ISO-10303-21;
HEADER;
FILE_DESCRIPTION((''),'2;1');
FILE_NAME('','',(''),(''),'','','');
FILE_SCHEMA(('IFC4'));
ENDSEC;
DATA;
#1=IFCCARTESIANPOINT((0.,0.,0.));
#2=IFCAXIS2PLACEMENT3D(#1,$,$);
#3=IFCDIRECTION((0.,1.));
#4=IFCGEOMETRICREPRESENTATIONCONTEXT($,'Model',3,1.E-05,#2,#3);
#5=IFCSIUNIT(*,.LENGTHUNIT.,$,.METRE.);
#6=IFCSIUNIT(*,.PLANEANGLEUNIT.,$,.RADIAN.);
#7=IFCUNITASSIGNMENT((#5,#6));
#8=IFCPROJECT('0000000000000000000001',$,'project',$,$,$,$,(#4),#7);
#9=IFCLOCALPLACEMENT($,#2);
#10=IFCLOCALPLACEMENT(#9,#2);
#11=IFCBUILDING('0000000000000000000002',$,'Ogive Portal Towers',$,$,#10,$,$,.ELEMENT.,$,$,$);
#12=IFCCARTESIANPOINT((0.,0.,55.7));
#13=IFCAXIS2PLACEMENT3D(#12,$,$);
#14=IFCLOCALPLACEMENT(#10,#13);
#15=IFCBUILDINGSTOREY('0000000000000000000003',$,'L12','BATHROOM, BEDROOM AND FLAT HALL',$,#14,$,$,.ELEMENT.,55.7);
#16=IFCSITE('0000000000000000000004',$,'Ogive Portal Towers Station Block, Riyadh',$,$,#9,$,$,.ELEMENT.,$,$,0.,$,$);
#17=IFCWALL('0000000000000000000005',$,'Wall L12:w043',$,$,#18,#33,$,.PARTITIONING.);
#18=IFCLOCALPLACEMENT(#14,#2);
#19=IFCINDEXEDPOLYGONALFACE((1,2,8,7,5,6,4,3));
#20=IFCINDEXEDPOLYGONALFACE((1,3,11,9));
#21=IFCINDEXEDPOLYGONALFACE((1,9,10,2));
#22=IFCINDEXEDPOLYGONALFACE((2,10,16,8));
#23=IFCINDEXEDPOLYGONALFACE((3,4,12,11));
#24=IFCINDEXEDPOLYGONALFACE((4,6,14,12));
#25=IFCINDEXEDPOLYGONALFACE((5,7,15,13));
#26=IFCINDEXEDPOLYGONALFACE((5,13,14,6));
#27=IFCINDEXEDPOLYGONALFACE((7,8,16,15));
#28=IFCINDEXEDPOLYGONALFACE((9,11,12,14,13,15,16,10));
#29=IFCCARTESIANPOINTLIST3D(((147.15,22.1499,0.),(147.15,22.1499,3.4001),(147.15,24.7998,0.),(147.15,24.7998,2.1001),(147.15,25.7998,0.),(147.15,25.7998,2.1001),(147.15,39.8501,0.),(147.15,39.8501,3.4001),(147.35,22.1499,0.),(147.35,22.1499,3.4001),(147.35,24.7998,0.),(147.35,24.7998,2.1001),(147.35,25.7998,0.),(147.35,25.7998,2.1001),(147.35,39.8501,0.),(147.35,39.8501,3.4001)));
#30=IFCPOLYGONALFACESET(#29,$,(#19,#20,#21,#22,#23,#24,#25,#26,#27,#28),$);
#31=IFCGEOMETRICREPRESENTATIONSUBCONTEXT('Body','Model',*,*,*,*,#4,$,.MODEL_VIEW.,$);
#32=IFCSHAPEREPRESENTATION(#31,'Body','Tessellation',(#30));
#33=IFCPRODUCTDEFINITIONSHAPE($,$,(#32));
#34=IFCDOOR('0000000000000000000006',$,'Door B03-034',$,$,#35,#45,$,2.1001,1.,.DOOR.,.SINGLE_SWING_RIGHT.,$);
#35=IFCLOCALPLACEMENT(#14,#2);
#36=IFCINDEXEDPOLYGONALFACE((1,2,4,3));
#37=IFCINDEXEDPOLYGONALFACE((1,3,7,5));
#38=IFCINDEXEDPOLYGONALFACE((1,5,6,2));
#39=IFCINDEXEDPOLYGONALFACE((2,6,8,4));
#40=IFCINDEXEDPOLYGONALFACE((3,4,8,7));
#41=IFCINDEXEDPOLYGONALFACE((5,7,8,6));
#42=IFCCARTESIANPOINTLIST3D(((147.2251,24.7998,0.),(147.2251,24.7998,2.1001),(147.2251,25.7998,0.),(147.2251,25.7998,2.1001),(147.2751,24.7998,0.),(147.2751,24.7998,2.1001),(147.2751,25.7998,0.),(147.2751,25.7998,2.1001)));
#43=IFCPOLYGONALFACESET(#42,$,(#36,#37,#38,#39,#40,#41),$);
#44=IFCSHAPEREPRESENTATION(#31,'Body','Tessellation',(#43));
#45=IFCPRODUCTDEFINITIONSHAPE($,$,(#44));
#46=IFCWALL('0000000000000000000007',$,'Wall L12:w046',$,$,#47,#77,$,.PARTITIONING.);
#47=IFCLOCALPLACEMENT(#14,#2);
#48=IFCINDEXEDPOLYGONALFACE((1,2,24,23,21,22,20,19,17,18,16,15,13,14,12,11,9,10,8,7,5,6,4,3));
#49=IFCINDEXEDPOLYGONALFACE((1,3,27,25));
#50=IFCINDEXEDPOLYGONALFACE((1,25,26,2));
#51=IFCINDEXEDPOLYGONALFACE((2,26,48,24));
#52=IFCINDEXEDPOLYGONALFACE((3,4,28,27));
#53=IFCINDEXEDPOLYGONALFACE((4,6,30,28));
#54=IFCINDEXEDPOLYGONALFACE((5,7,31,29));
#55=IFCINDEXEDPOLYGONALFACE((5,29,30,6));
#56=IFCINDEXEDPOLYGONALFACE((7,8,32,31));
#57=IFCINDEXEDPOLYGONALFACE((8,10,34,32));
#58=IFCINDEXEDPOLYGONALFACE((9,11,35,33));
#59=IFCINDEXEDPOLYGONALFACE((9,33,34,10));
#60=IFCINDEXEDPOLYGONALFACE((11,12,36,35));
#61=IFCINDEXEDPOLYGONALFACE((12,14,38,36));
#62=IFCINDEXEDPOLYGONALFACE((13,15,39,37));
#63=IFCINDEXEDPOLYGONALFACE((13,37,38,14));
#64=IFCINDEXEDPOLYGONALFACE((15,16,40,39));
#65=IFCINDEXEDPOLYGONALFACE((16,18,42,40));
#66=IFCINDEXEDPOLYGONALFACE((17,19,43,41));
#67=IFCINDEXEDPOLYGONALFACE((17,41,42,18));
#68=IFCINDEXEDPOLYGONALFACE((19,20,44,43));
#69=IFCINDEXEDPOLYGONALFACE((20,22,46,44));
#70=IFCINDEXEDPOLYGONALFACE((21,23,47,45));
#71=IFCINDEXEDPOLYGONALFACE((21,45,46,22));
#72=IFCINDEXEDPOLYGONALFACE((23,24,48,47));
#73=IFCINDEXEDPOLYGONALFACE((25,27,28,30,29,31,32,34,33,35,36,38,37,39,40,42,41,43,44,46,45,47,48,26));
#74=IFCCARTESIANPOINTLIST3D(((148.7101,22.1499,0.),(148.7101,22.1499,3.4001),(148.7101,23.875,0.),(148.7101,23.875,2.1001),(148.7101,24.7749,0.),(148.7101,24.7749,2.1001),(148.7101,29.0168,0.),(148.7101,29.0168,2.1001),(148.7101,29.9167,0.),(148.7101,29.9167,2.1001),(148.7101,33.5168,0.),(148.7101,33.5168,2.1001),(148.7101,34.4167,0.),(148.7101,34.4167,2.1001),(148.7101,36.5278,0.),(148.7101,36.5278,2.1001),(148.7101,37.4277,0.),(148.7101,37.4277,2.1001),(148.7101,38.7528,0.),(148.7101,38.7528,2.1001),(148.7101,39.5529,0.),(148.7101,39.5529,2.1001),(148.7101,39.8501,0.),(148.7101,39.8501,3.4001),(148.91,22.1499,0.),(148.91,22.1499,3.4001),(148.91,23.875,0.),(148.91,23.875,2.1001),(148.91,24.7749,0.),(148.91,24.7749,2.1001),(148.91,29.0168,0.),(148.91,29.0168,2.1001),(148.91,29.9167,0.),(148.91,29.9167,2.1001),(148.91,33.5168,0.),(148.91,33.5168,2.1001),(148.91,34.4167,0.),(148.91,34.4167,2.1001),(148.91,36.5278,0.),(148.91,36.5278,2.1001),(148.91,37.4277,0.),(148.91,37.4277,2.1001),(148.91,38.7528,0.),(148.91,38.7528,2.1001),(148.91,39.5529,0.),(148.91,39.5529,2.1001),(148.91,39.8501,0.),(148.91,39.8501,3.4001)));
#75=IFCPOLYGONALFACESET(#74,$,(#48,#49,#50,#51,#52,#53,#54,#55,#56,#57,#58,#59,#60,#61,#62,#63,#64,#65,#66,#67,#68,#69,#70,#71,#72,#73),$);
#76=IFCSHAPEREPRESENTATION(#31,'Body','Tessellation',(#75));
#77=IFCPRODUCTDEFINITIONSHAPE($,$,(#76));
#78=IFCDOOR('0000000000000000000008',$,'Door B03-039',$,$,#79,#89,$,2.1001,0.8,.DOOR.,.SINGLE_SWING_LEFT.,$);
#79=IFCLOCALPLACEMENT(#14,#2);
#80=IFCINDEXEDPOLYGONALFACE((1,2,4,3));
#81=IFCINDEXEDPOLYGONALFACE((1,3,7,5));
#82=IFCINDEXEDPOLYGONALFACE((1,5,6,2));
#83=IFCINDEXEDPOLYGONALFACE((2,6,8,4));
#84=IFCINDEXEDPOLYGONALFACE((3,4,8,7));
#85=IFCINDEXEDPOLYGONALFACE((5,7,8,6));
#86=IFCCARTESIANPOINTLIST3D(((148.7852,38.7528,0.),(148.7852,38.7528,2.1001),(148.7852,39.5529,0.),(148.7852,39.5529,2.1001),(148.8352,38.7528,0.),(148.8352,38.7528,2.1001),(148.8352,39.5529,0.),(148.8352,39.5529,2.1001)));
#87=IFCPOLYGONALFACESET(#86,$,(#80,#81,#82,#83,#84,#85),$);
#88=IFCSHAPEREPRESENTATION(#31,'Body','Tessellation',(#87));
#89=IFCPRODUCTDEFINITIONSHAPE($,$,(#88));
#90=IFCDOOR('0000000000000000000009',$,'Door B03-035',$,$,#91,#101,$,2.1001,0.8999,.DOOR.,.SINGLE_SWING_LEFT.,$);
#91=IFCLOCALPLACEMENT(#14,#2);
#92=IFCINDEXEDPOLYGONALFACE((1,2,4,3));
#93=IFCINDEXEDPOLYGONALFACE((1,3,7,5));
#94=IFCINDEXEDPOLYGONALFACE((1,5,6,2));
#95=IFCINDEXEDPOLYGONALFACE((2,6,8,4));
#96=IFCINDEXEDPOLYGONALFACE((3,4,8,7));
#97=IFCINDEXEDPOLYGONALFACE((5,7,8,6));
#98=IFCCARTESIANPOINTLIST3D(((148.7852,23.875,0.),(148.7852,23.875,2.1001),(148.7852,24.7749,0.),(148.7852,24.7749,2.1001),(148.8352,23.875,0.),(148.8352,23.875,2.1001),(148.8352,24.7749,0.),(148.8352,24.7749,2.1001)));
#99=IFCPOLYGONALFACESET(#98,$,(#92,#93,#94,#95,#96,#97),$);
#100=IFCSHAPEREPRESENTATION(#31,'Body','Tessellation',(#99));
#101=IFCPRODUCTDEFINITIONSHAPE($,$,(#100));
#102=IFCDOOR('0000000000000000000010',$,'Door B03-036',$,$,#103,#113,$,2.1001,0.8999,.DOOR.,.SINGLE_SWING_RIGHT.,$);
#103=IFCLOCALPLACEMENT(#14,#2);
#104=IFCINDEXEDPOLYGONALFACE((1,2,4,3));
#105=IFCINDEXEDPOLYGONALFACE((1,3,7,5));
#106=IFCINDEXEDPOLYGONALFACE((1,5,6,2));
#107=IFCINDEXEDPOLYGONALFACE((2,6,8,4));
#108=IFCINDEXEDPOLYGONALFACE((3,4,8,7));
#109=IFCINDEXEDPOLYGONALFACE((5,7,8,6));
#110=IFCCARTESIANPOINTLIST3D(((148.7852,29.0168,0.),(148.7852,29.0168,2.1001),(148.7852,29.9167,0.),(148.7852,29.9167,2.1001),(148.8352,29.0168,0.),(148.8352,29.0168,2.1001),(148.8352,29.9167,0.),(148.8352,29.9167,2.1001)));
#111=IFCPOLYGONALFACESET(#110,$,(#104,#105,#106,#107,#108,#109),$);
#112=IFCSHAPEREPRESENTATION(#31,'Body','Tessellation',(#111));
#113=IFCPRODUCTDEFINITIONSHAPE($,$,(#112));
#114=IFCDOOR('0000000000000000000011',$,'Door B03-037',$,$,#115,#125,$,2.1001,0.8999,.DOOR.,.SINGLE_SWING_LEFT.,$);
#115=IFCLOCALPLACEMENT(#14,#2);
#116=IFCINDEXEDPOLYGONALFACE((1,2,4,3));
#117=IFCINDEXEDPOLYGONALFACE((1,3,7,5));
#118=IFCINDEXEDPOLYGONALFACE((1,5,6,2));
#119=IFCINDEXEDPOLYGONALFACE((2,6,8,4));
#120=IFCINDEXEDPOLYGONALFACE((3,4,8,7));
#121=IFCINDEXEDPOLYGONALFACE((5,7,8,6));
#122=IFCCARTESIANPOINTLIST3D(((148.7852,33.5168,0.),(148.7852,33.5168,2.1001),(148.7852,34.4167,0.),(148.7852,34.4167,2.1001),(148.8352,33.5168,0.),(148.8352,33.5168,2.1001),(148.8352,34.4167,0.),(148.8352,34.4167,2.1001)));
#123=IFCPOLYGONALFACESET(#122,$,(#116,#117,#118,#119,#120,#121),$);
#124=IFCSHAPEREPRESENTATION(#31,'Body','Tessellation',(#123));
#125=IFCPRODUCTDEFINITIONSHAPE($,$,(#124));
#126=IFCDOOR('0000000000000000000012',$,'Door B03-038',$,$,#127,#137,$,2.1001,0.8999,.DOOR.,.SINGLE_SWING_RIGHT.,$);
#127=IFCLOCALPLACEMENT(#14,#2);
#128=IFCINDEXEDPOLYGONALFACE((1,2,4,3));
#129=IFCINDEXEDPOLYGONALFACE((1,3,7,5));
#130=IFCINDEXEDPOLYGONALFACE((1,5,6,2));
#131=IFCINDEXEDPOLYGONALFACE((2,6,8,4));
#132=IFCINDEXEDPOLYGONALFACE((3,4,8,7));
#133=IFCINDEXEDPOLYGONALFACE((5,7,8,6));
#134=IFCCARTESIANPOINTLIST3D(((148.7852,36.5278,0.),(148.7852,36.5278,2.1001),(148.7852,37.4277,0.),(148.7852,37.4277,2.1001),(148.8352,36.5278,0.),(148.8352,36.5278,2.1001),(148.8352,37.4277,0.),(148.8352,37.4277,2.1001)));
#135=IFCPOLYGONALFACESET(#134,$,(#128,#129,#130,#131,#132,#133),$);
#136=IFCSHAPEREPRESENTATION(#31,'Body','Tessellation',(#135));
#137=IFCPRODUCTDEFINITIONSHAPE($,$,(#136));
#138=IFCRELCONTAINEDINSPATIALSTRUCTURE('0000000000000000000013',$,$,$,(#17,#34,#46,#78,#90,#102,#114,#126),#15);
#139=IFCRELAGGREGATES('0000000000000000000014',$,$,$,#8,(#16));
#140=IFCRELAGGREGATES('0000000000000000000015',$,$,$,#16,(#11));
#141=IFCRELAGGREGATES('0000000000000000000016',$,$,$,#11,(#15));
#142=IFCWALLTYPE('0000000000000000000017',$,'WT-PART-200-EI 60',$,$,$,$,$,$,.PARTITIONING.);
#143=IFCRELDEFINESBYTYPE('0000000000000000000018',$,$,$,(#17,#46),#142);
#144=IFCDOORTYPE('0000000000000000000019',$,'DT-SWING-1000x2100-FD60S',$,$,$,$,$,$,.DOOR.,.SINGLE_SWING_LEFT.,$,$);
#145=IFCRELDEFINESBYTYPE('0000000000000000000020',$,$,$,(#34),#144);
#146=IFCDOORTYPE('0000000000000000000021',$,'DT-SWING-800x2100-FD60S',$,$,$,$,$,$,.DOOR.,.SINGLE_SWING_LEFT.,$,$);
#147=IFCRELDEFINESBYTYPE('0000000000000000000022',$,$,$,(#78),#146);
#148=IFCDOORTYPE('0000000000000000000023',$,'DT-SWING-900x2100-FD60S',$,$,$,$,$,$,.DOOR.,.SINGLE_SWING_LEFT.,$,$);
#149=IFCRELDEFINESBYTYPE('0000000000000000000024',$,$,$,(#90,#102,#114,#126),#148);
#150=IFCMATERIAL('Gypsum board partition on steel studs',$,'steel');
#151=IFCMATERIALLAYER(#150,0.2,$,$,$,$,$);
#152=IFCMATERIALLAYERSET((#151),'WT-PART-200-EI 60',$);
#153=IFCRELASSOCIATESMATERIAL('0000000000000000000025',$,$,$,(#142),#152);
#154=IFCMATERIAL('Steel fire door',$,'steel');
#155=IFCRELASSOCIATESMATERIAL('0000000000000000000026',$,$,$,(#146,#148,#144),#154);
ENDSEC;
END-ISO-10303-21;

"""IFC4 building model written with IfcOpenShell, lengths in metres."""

from ifc_helpers import new_model, si_unit, direction, frame, frame_2d, origin, place, context, subcontext, project, spatial, rectangle, extrude, material, layer, layer_set, type_object, element, fill, save


model = new_model("IFC4")

# Units and contexts
model_context = context("Model", 3, precision=1e-05, world=origin(), true_north=direction((0.0, 1.0)))
body_context = subcontext(model_context, "Body", "Model", "MODEL_VIEW")
ifc_project = project(units=[si_unit("LENGTHUNIT", "METRE"), si_unit("PLANEANGLEUNIT", "RADIAN")], contexts=[model_context])

# Site, building, storey
site_placement = place(None, origin())
site = spatial("IfcSite", under=ifc_project, at=site_placement, Name="Ogive Portal Towers Station Block, Riyadh", CompositionType="ELEMENT", RefElevation=0.0)
building_placement = place(site_placement, origin())
building = spatial("IfcBuilding", under=site, at=building_placement, Name="Ogive Portal Towers", CompositionType="ELEMENT")
storey_placement = place(building_placement, frame((0.0, 0.0, 55.7)))
storey = spatial("IfcBuildingStorey", under=building, at=storey_placement, Name="L12", Description="BATHROOM, BEDROOM AND FLAT HALL", CompositionType="ELEMENT", Elevation=55.7)

# Shared definitions
ifc_material_1 = material(Name="Gypsum board partition on steel studs", Category="steel")
ifc_layer_1 = layer(ifc_material_1, 0.2)
ifc_layer_set_1 = layer_set([ifc_layer_1], Name="WT-PART-200-EI 60")
wall_type_1 = type_object("IfcWallType", Name="WT-PART-200-EI 60", PredefinedType="PARTITIONING", material=ifc_layer_set_1)
ifc_material_2 = material(Name="Steel fire door", Category="steel")
door_type_1 = type_object("IfcDoorType", Name="DT-SWING-800x2100-FD60S", OperationType="SINGLE_SWING_LEFT", PredefinedType="DOOR", material=ifc_material_2)
door_type_2 = type_object("IfcDoorType", Name="DT-SWING-900x2100-FD60S", OperationType="SINGLE_SWING_LEFT", PredefinedType="DOOR", material=ifc_material_2)

# Wall, opening, door
wall_1_placement = place(storey_placement, frame((147.25, 22.1499, 0.0), z_axis=(0.0, 0.0, 1.0), x_axis=(0.0, 1.0, 0.0)))
wall_1 = element("IfcWall", 1, at=wall_1_placement, inside=storey, type_object=wall_type_1, Name="Wall L12:w043", PredefinedType="PARTITIONING", context=body_context, shape_type="SweptSolid", body=[
    extrude(rectangle(XDim=17.7002, YDim=0.2, at=frame_2d((8.8501, 0.0))), origin(), (0.0, 0.0, 1.0), 3.4001),
])
opening_1_placement = place(wall_1_placement, frame((2.6499, 0.0, 0.0)))
opening_1 = element("IfcOpeningElement", 2, at=opening_1_placement, cuts=wall_1, PredefinedType="OPENING", context=body_context, shape_type="SweptSolid", body=[
    extrude(rectangle(XDim=1.0, YDim=2.1001, at=frame_2d((0.5, 1.05))), frame((0.0, 0.1099, 0.0), z_axis=(0.0, -1.0, 0.0), x_axis=(1.0, 0.0, 0.0)), (0.0, 0.0, 1.0), 0.22),
])
door_type_3 = type_object("IfcDoorType", Name="DT-SWING-1000x2100-FD60S", OperationType="SINGLE_SWING_LEFT", PredefinedType="DOOR", material=ifc_material_2)
door_1_placement = place(opening_1_placement, origin())
door_1 = element("IfcDoor", 3, at=door_1_placement, inside=storey, type_object=door_type_3, Name="Door B03-034", OperationType="SINGLE_SWING_RIGHT", OverallHeight=2.1001, OverallWidth=1.0, PredefinedType="DOOR", context=body_context, shape_type="SweptSolid", body=[
    extrude(rectangle(XDim=1.0, YDim=2.1001, at=frame_2d((0.5, 1.05))), frame((0.0, 0.0249, 0.0), z_axis=(0.0, -1.0, 0.0), x_axis=(1.0, 0.0, 0.0)), (0.0, 0.0, 1.0), 0.05),
])
fill(opening_1, door_1)

# Wall, openings, doors
wall_2_placement = place(storey_placement, frame((148.8101, 22.1499, 0.0), z_axis=(0.0, 0.0, 1.0), x_axis=(0.0, 1.0, 0.0)))
wall_2 = element("IfcWall", 4, at=wall_2_placement, inside=storey, type_object=wall_type_1, Name="Wall L12:w046", PredefinedType="PARTITIONING", context=body_context, shape_type="SweptSolid", body=[
    extrude(rectangle(XDim=17.7002, YDim=0.2, at=frame_2d((8.8501, 0.0))), origin(), (0.0, 0.0, 1.0), 3.4001),
])
opening_2_placement = place(wall_2_placement, frame((1.7251, 0.0, 0.0)))
opening_2 = element("IfcOpeningElement", 5, at=opening_2_placement, cuts=wall_2, PredefinedType="OPENING", context=body_context, shape_type="SweptSolid", body=[
    extrude(rectangle(XDim=0.8999, YDim=2.1001, at=frame_2d((0.45, 1.05))), frame((0.0, 0.1099, 0.0), z_axis=(0.0, -1.0, 0.0), x_axis=(1.0, 0.0, 0.0)), (0.0, 0.0, 1.0), 0.22),
])
opening_3_placement = place(wall_2_placement, frame((6.8669, 0.0, 0.0)))
opening_3 = element("IfcOpeningElement", 6, at=opening_3_placement, cuts=wall_2, PredefinedType="OPENING", context=body_context, shape_type="SweptSolid", body=[
    extrude(rectangle(XDim=0.8999, YDim=2.1001, at=frame_2d((0.45, 1.05))), frame((0.0, 0.1099, 0.0), z_axis=(0.0, -1.0, 0.0), x_axis=(1.0, 0.0, 0.0)), (0.0, 0.0, 1.0), 0.22),
])
opening_4_placement = place(wall_2_placement, frame((11.3669, 0.0, 0.0)))
opening_4 = element("IfcOpeningElement", 7, at=opening_4_placement, cuts=wall_2, PredefinedType="OPENING", context=body_context, shape_type="SweptSolid", body=[
    extrude(rectangle(XDim=0.8999, YDim=2.1001, at=frame_2d((0.45, 1.05))), frame((0.0, 0.1099, 0.0), z_axis=(0.0, -1.0, 0.0), x_axis=(1.0, 0.0, 0.0)), (0.0, 0.0, 1.0), 0.22),
])
opening_5_placement = place(wall_2_placement, frame((14.3779, 0.0, 0.0)))
opening_5 = element("IfcOpeningElement", 8, at=opening_5_placement, cuts=wall_2, PredefinedType="OPENING", context=body_context, shape_type="SweptSolid", body=[
    extrude(rectangle(XDim=0.8999, YDim=2.1001, at=frame_2d((0.45, 1.05))), frame((0.0, 0.1099, 0.0), z_axis=(0.0, -1.0, 0.0), x_axis=(1.0, 0.0, 0.0)), (0.0, 0.0, 1.0), 0.22),
])
opening_6_placement = place(wall_2_placement, frame((16.603, 0.0, 0.0)))
opening_6 = element("IfcOpeningElement", 9, at=opening_6_placement, cuts=wall_2, PredefinedType="OPENING", context=body_context, shape_type="SweptSolid", body=[
    extrude(rectangle(XDim=0.8, YDim=2.1001, at=frame_2d((0.3999, 1.05))), frame((0.0, 0.1099, 0.0), z_axis=(0.0, -1.0, 0.0), x_axis=(1.0, 0.0, 0.0)), (0.0, 0.0, 1.0), 0.22),
])
door_2_placement = place(opening_6_placement, origin())
door_2 = element("IfcDoor", 10, at=door_2_placement, inside=storey, type_object=door_type_1, Name="Door B03-039", OperationType="SINGLE_SWING_LEFT", OverallHeight=2.1001, OverallWidth=0.8, PredefinedType="DOOR", context=body_context, shape_type="SweptSolid", body=[
    extrude(rectangle(XDim=0.8, YDim=2.1001, at=frame_2d((0.3999, 1.05))), frame((0.0, 0.0249, 0.0), z_axis=(0.0, -1.0, 0.0), x_axis=(1.0, 0.0, 0.0)), (0.0, 0.0, 1.0), 0.05),
])
fill(opening_6, door_2)
door_3_placement = place(opening_2_placement, origin())
door_3 = element("IfcDoor", 11, at=door_3_placement, inside=storey, type_object=door_type_2, Name="Door B03-035", OperationType="SINGLE_SWING_LEFT", OverallHeight=2.1001, OverallWidth=0.8999, PredefinedType="DOOR", context=body_context, shape_type="SweptSolid", body=[
    extrude(rectangle(XDim=0.8999, YDim=2.1001, at=frame_2d((0.45, 1.05))), frame((0.0, 0.0249, 0.0), z_axis=(0.0, -1.0, 0.0), x_axis=(1.0, 0.0, 0.0)), (0.0, 0.0, 1.0), 0.05),
])
fill(opening_2, door_3)
door_4_placement = place(opening_3_placement, origin())
door_4 = element("IfcDoor", 12, at=door_4_placement, inside=storey, type_object=door_type_2, Name="Door B03-036", OperationType="SINGLE_SWING_RIGHT", OverallHeight=2.1001, OverallWidth=0.8999, PredefinedType="DOOR", context=body_context, shape_type="SweptSolid", body=[
    extrude(rectangle(XDim=0.8999, YDim=2.1001, at=frame_2d((0.45, 1.05))), frame((0.0, 0.0249, 0.0), z_axis=(0.0, -1.0, 0.0), x_axis=(1.0, 0.0, 0.0)), (0.0, 0.0, 1.0), 0.05),
])
fill(opening_3, door_4)
door_5_placement = place(opening_4_placement, origin())
door_5 = element("IfcDoor", 13, at=door_5_placement, inside=storey, type_object=door_type_2, Name="Door B03-037", OperationType="SINGLE_SWING_LEFT", OverallHeight=2.1001, OverallWidth=0.8999, PredefinedType="DOOR", context=body_context, shape_type="SweptSolid", body=[
    extrude(rectangle(XDim=0.8999, YDim=2.1001, at=frame_2d((0.45, 1.05))), frame((0.0, 0.0249, 0.0), z_axis=(0.0, -1.0, 0.0), x_axis=(1.0, 0.0, 0.0)), (0.0, 0.0, 1.0), 0.05),
])
fill(opening_4, door_5)
door_6_placement = place(opening_5_placement, origin())
door_6 = element("IfcDoor", 14, at=door_6_placement, inside=storey, type_object=door_type_2, Name="Door B03-038", OperationType="SINGLE_SWING_RIGHT", OverallHeight=2.1001, OverallWidth=0.8999, PredefinedType="DOOR", context=body_context, shape_type="SweptSolid", body=[
    extrude(rectangle(XDim=0.8999, YDim=2.1001, at=frame_2d((0.45, 1.05))), frame((0.0, 0.0249, 0.0), z_axis=(0.0, -1.0, 0.0), x_axis=(1.0, 0.0, 0.0)), (0.0, 0.0, 1.0), 0.05),
])
fill(opening_5, door_6)

save(model, "model.ifc")
